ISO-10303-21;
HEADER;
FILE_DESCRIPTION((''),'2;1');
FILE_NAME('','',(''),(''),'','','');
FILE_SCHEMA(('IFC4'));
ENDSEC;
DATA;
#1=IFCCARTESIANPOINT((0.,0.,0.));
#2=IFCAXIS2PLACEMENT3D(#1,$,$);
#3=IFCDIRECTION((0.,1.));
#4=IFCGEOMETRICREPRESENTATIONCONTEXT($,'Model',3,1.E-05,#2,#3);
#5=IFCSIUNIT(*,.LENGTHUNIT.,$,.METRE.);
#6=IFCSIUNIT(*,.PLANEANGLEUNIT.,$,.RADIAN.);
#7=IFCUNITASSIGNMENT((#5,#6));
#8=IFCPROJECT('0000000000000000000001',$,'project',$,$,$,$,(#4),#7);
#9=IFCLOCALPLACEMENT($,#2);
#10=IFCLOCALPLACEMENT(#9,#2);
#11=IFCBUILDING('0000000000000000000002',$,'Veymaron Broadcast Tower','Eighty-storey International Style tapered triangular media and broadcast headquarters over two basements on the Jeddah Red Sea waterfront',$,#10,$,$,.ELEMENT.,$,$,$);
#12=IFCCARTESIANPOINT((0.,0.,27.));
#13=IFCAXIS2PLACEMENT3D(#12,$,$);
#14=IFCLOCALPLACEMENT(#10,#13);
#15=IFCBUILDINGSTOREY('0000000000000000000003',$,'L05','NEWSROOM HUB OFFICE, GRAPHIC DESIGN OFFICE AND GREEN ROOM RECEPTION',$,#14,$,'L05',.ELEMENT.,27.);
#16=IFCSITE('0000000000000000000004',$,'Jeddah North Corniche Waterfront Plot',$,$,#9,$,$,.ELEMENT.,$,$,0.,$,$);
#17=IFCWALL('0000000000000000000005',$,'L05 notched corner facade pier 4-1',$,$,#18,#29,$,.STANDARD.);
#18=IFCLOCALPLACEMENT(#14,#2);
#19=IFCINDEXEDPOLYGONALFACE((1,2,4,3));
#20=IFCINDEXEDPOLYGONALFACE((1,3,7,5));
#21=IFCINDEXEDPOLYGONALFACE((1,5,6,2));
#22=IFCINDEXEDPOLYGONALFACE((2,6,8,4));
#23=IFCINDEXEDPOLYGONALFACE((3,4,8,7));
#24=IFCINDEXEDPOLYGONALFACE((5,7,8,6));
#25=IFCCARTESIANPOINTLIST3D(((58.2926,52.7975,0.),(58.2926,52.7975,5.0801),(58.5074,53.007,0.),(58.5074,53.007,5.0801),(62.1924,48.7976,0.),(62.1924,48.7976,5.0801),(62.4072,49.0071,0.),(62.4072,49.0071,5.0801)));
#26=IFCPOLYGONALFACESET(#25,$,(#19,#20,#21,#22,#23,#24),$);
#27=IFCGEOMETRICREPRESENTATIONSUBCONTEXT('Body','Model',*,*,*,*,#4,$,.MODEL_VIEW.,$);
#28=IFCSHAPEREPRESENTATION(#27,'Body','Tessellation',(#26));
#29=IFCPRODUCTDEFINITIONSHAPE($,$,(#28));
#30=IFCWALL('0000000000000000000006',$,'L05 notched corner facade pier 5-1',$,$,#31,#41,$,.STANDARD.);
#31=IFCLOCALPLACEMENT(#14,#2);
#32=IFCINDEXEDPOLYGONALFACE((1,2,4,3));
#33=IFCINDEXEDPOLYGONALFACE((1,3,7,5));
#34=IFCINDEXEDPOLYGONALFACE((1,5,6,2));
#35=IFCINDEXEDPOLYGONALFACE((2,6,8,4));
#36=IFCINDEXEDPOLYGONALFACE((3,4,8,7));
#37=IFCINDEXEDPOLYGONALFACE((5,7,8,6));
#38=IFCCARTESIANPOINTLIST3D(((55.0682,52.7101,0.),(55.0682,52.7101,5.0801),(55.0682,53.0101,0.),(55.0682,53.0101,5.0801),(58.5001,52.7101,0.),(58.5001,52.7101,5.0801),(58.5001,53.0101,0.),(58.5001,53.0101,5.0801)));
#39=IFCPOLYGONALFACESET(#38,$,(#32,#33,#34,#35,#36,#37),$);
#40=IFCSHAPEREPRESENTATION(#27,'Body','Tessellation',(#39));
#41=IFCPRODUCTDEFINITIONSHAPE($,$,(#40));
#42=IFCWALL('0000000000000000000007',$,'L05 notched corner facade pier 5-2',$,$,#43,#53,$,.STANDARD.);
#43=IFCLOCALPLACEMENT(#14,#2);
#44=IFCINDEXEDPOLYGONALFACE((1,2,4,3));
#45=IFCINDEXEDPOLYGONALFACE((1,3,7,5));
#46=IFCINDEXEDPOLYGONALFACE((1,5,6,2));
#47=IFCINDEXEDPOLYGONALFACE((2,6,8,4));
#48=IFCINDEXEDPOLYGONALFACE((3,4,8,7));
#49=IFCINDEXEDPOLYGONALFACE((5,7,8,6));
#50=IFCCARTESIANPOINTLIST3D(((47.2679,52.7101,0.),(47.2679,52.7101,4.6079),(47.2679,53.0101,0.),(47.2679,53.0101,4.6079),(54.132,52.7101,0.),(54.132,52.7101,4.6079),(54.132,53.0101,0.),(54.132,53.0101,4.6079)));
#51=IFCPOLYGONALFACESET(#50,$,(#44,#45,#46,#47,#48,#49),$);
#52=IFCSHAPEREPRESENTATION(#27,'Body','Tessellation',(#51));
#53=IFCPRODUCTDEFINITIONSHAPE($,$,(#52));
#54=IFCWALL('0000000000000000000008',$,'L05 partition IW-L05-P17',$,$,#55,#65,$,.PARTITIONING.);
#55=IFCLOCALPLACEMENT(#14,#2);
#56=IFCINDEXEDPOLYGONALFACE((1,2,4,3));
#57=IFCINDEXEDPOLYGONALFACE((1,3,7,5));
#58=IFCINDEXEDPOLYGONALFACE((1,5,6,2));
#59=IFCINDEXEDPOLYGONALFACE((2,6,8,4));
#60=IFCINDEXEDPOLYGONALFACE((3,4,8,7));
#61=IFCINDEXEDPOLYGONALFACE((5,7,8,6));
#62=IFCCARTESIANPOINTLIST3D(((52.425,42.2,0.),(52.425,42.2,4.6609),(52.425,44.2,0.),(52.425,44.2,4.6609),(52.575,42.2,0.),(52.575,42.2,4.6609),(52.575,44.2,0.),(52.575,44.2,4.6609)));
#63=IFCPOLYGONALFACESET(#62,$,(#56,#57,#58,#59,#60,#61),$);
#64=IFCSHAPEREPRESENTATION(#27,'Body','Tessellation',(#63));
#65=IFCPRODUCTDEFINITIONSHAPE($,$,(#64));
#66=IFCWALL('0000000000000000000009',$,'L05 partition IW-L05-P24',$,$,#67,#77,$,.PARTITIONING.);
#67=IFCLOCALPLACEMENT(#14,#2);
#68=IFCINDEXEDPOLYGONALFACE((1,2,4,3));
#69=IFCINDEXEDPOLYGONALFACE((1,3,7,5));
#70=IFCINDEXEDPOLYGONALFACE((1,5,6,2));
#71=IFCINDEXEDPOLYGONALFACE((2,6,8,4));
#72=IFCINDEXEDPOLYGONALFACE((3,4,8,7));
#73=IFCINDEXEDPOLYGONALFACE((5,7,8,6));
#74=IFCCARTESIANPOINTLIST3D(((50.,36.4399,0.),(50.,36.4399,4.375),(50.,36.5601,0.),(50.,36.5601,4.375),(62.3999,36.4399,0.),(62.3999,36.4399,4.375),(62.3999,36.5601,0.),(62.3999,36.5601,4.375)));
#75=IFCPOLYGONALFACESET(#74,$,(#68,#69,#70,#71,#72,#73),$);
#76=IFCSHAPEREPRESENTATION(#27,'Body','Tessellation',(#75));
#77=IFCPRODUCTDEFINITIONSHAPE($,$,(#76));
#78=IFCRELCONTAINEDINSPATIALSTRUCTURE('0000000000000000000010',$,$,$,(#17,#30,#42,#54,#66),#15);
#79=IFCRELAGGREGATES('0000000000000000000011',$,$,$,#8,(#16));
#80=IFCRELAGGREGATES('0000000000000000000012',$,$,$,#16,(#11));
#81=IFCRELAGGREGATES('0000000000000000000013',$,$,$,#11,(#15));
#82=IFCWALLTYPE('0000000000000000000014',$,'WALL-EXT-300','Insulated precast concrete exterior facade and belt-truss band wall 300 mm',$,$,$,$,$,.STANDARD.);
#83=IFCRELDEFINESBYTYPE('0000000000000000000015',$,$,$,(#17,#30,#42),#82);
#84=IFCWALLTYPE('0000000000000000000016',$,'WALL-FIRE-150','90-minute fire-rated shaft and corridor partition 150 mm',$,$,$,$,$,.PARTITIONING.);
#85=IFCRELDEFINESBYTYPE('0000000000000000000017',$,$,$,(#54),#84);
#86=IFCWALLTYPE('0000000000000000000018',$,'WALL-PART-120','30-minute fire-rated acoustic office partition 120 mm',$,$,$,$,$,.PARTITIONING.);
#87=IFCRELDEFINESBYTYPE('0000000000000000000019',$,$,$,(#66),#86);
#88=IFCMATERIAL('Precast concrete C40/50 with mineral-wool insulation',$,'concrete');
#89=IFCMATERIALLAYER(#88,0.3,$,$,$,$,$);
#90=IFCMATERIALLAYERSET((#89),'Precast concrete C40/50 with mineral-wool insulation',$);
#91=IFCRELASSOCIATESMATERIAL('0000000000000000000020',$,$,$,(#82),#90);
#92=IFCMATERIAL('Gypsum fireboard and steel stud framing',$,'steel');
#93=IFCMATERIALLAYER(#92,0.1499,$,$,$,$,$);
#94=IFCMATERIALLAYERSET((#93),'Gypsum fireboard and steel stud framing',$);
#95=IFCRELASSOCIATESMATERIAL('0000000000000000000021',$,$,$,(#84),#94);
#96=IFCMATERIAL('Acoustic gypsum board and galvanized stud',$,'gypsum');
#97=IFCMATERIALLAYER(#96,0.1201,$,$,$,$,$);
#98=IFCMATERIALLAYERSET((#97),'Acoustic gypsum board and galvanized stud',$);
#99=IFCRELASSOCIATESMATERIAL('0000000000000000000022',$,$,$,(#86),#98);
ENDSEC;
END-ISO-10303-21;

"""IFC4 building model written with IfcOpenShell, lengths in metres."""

from ifc_helpers import new_model, si_unit, direction, frame, frame_2d, origin, place, context, subcontext, project, spatial, rectangle, extrude, material, layer, layer_set, type_object, element, save


model = new_model("IFC4")

# Units and contexts
model_context = context("Model", 3, precision=1e-05, world=origin(), true_north=direction((0.0, 1.0)))
body_context = subcontext(model_context, "Body", "Model", "MODEL_VIEW")
ifc_project = project(units=[si_unit("LENGTHUNIT", "METRE"), si_unit("PLANEANGLEUNIT", "RADIAN")], contexts=[model_context])

# Site, building, storey
site_placement = place(None, origin())
site = spatial("IfcSite", under=ifc_project, at=site_placement, Name="Jeddah North Corniche Waterfront Plot", CompositionType="ELEMENT", RefElevation=0.0)
building_placement = place(site_placement, origin())
building = spatial("IfcBuilding", under=site, at=building_placement, Name="Veymaron Broadcast Tower", Description="Eighty-storey International Style tapered triangular media and broadcast headquarters over two basements on the Jeddah Red Sea waterfront", CompositionType="ELEMENT")
storey_placement = place(building_placement, frame((0.0, 0.0, 27.0)))
storey = spatial("IfcBuildingStorey", under=building, at=storey_placement, Name="L05", Description="NEWSROOM HUB OFFICE, GRAPHIC DESIGN OFFICE AND GREEN ROOM RECEPTION", LongName="L05", CompositionType="ELEMENT", Elevation=27.0)

# Walls
ifc_material_1 = material(Name="Precast concrete C40/50 with mineral-wool insulation", Category="concrete")
ifc_layer_1 = layer(ifc_material_1, 0.3)
ifc_layer_set_1 = layer_set([ifc_layer_1], Name="Precast concrete C40/50 with mineral-wool insulation")
wall_type_1 = type_object("IfcWallType", Name="WALL-EXT-300", Description="Insulated precast concrete exterior facade and belt-truss band wall 300 mm", PredefinedType="STANDARD", material=ifc_layer_set_1)
wall_1_placement = place(storey_placement, frame((62.2998, 48.9023, 0.0), z_axis=(0.0, 0.0, 1.0), x_axis=(-0.698091, 0.716009, 0.0)))
element("IfcWall", 1, at=wall_1_placement, inside=storey, type_object=wall_type_1, Name="L05 notched corner facade pier 4-1", PredefinedType="STANDARD", context=body_context, shape_type="SweptSolid", body=[
    extrude(rectangle(XDim=5.5864, YDim=0.3, at=frame_2d((2.7932, 0.0))), origin(), (0.0, 0.0, 1.0), 5.0801),
])
wall_2_placement = place(storey_placement, frame((58.5, 52.8601, 0.0), z_axis=(0.0, 0.0, 1.0), x_axis=(-1.0, 0.0, 0.0)))
element("IfcWall", 2, at=wall_2_placement, inside=storey, type_object=wall_type_1, Name="L05 notched corner facade pier 5-1", PredefinedType="STANDARD", context=body_context, shape_type="SweptSolid", body=[
    extrude(rectangle(XDim=3.4319, YDim=0.3, at=frame_2d((1.7158, 0.0))), origin(), (0.0, 0.0, 1.0), 5.0801),
])
wall_3_placement = place(storey_placement, frame((54.1321, 52.8601, 0.0), z_axis=(0.0, 0.0, 1.0), x_axis=(-1.0, 0.0, 0.0)))
element("IfcWall", 3, at=wall_3_placement, inside=storey, type_object=wall_type_1, Name="L05 notched corner facade pier 5-2", PredefinedType="STANDARD", context=body_context, shape_type="SweptSolid", body=[
    extrude(rectangle(XDim=6.864, YDim=0.3, at=frame_2d((3.4321, 0.0))), origin(), (0.0, 0.0, 1.0), 4.6079),
])
ifc_material_2 = material(Name="Gypsum fireboard and steel stud framing", Category="steel")
ifc_layer_2 = layer(ifc_material_2, 0.1499)
ifc_layer_set_2 = layer_set([ifc_layer_2], Name="Gypsum fireboard and steel stud framing")
wall_type_2 = type_object("IfcWallType", Name="WALL-FIRE-150", Description="90-minute fire-rated shaft and corridor partition 150 mm", PredefinedType="PARTITIONING", material=ifc_layer_set_2)
wall_4_placement = place(storey_placement, frame((52.5, 42.2, 0.0), z_axis=(0.0, 0.0, 1.0), x_axis=(0.0, 1.0, 0.0)))
element("IfcWall", 4, at=wall_4_placement, inside=storey, type_object=wall_type_2, Name="L05 partition IW-L05-P17", PredefinedType="PARTITIONING", context=body_context, shape_type="SweptSolid", body=[
    extrude(rectangle(XDim=2.0, YDim=0.1499, at=frame_2d((1.0, 0.0))), origin(), (0.0, 0.0, 1.0), 4.6609),
])
ifc_material_3 = material(Name="Acoustic gypsum board and galvanized stud", Category="gypsum")
ifc_layer_3 = layer(ifc_material_3, 0.1201)
ifc_layer_set_3 = layer_set([ifc_layer_3], Name="Acoustic gypsum board and galvanized stud")
wall_type_3 = type_object("IfcWallType", Name="WALL-PART-120", Description="30-minute fire-rated acoustic office partition 120 mm", PredefinedType="PARTITIONING", material=ifc_layer_set_3)
wall_5_placement = place(storey_placement, frame((50.0, 36.5, 0.0), z_axis=(0.0, 0.0, 1.0), x_axis=(1.0, 0.0, 0.0)))
element("IfcWall", 5, at=wall_5_placement, inside=storey, type_object=wall_type_3, Name="L05 partition IW-L05-P24", PredefinedType="PARTITIONING", context=body_context, shape_type="SweptSolid", body=[
    extrude(rectangle(XDim=12.3999, YDim=0.1201, at=frame_2d((6.2, 0.0))), origin(), (0.0, 0.0, 1.0), 4.375),
])

save(model, "model.ifc")
